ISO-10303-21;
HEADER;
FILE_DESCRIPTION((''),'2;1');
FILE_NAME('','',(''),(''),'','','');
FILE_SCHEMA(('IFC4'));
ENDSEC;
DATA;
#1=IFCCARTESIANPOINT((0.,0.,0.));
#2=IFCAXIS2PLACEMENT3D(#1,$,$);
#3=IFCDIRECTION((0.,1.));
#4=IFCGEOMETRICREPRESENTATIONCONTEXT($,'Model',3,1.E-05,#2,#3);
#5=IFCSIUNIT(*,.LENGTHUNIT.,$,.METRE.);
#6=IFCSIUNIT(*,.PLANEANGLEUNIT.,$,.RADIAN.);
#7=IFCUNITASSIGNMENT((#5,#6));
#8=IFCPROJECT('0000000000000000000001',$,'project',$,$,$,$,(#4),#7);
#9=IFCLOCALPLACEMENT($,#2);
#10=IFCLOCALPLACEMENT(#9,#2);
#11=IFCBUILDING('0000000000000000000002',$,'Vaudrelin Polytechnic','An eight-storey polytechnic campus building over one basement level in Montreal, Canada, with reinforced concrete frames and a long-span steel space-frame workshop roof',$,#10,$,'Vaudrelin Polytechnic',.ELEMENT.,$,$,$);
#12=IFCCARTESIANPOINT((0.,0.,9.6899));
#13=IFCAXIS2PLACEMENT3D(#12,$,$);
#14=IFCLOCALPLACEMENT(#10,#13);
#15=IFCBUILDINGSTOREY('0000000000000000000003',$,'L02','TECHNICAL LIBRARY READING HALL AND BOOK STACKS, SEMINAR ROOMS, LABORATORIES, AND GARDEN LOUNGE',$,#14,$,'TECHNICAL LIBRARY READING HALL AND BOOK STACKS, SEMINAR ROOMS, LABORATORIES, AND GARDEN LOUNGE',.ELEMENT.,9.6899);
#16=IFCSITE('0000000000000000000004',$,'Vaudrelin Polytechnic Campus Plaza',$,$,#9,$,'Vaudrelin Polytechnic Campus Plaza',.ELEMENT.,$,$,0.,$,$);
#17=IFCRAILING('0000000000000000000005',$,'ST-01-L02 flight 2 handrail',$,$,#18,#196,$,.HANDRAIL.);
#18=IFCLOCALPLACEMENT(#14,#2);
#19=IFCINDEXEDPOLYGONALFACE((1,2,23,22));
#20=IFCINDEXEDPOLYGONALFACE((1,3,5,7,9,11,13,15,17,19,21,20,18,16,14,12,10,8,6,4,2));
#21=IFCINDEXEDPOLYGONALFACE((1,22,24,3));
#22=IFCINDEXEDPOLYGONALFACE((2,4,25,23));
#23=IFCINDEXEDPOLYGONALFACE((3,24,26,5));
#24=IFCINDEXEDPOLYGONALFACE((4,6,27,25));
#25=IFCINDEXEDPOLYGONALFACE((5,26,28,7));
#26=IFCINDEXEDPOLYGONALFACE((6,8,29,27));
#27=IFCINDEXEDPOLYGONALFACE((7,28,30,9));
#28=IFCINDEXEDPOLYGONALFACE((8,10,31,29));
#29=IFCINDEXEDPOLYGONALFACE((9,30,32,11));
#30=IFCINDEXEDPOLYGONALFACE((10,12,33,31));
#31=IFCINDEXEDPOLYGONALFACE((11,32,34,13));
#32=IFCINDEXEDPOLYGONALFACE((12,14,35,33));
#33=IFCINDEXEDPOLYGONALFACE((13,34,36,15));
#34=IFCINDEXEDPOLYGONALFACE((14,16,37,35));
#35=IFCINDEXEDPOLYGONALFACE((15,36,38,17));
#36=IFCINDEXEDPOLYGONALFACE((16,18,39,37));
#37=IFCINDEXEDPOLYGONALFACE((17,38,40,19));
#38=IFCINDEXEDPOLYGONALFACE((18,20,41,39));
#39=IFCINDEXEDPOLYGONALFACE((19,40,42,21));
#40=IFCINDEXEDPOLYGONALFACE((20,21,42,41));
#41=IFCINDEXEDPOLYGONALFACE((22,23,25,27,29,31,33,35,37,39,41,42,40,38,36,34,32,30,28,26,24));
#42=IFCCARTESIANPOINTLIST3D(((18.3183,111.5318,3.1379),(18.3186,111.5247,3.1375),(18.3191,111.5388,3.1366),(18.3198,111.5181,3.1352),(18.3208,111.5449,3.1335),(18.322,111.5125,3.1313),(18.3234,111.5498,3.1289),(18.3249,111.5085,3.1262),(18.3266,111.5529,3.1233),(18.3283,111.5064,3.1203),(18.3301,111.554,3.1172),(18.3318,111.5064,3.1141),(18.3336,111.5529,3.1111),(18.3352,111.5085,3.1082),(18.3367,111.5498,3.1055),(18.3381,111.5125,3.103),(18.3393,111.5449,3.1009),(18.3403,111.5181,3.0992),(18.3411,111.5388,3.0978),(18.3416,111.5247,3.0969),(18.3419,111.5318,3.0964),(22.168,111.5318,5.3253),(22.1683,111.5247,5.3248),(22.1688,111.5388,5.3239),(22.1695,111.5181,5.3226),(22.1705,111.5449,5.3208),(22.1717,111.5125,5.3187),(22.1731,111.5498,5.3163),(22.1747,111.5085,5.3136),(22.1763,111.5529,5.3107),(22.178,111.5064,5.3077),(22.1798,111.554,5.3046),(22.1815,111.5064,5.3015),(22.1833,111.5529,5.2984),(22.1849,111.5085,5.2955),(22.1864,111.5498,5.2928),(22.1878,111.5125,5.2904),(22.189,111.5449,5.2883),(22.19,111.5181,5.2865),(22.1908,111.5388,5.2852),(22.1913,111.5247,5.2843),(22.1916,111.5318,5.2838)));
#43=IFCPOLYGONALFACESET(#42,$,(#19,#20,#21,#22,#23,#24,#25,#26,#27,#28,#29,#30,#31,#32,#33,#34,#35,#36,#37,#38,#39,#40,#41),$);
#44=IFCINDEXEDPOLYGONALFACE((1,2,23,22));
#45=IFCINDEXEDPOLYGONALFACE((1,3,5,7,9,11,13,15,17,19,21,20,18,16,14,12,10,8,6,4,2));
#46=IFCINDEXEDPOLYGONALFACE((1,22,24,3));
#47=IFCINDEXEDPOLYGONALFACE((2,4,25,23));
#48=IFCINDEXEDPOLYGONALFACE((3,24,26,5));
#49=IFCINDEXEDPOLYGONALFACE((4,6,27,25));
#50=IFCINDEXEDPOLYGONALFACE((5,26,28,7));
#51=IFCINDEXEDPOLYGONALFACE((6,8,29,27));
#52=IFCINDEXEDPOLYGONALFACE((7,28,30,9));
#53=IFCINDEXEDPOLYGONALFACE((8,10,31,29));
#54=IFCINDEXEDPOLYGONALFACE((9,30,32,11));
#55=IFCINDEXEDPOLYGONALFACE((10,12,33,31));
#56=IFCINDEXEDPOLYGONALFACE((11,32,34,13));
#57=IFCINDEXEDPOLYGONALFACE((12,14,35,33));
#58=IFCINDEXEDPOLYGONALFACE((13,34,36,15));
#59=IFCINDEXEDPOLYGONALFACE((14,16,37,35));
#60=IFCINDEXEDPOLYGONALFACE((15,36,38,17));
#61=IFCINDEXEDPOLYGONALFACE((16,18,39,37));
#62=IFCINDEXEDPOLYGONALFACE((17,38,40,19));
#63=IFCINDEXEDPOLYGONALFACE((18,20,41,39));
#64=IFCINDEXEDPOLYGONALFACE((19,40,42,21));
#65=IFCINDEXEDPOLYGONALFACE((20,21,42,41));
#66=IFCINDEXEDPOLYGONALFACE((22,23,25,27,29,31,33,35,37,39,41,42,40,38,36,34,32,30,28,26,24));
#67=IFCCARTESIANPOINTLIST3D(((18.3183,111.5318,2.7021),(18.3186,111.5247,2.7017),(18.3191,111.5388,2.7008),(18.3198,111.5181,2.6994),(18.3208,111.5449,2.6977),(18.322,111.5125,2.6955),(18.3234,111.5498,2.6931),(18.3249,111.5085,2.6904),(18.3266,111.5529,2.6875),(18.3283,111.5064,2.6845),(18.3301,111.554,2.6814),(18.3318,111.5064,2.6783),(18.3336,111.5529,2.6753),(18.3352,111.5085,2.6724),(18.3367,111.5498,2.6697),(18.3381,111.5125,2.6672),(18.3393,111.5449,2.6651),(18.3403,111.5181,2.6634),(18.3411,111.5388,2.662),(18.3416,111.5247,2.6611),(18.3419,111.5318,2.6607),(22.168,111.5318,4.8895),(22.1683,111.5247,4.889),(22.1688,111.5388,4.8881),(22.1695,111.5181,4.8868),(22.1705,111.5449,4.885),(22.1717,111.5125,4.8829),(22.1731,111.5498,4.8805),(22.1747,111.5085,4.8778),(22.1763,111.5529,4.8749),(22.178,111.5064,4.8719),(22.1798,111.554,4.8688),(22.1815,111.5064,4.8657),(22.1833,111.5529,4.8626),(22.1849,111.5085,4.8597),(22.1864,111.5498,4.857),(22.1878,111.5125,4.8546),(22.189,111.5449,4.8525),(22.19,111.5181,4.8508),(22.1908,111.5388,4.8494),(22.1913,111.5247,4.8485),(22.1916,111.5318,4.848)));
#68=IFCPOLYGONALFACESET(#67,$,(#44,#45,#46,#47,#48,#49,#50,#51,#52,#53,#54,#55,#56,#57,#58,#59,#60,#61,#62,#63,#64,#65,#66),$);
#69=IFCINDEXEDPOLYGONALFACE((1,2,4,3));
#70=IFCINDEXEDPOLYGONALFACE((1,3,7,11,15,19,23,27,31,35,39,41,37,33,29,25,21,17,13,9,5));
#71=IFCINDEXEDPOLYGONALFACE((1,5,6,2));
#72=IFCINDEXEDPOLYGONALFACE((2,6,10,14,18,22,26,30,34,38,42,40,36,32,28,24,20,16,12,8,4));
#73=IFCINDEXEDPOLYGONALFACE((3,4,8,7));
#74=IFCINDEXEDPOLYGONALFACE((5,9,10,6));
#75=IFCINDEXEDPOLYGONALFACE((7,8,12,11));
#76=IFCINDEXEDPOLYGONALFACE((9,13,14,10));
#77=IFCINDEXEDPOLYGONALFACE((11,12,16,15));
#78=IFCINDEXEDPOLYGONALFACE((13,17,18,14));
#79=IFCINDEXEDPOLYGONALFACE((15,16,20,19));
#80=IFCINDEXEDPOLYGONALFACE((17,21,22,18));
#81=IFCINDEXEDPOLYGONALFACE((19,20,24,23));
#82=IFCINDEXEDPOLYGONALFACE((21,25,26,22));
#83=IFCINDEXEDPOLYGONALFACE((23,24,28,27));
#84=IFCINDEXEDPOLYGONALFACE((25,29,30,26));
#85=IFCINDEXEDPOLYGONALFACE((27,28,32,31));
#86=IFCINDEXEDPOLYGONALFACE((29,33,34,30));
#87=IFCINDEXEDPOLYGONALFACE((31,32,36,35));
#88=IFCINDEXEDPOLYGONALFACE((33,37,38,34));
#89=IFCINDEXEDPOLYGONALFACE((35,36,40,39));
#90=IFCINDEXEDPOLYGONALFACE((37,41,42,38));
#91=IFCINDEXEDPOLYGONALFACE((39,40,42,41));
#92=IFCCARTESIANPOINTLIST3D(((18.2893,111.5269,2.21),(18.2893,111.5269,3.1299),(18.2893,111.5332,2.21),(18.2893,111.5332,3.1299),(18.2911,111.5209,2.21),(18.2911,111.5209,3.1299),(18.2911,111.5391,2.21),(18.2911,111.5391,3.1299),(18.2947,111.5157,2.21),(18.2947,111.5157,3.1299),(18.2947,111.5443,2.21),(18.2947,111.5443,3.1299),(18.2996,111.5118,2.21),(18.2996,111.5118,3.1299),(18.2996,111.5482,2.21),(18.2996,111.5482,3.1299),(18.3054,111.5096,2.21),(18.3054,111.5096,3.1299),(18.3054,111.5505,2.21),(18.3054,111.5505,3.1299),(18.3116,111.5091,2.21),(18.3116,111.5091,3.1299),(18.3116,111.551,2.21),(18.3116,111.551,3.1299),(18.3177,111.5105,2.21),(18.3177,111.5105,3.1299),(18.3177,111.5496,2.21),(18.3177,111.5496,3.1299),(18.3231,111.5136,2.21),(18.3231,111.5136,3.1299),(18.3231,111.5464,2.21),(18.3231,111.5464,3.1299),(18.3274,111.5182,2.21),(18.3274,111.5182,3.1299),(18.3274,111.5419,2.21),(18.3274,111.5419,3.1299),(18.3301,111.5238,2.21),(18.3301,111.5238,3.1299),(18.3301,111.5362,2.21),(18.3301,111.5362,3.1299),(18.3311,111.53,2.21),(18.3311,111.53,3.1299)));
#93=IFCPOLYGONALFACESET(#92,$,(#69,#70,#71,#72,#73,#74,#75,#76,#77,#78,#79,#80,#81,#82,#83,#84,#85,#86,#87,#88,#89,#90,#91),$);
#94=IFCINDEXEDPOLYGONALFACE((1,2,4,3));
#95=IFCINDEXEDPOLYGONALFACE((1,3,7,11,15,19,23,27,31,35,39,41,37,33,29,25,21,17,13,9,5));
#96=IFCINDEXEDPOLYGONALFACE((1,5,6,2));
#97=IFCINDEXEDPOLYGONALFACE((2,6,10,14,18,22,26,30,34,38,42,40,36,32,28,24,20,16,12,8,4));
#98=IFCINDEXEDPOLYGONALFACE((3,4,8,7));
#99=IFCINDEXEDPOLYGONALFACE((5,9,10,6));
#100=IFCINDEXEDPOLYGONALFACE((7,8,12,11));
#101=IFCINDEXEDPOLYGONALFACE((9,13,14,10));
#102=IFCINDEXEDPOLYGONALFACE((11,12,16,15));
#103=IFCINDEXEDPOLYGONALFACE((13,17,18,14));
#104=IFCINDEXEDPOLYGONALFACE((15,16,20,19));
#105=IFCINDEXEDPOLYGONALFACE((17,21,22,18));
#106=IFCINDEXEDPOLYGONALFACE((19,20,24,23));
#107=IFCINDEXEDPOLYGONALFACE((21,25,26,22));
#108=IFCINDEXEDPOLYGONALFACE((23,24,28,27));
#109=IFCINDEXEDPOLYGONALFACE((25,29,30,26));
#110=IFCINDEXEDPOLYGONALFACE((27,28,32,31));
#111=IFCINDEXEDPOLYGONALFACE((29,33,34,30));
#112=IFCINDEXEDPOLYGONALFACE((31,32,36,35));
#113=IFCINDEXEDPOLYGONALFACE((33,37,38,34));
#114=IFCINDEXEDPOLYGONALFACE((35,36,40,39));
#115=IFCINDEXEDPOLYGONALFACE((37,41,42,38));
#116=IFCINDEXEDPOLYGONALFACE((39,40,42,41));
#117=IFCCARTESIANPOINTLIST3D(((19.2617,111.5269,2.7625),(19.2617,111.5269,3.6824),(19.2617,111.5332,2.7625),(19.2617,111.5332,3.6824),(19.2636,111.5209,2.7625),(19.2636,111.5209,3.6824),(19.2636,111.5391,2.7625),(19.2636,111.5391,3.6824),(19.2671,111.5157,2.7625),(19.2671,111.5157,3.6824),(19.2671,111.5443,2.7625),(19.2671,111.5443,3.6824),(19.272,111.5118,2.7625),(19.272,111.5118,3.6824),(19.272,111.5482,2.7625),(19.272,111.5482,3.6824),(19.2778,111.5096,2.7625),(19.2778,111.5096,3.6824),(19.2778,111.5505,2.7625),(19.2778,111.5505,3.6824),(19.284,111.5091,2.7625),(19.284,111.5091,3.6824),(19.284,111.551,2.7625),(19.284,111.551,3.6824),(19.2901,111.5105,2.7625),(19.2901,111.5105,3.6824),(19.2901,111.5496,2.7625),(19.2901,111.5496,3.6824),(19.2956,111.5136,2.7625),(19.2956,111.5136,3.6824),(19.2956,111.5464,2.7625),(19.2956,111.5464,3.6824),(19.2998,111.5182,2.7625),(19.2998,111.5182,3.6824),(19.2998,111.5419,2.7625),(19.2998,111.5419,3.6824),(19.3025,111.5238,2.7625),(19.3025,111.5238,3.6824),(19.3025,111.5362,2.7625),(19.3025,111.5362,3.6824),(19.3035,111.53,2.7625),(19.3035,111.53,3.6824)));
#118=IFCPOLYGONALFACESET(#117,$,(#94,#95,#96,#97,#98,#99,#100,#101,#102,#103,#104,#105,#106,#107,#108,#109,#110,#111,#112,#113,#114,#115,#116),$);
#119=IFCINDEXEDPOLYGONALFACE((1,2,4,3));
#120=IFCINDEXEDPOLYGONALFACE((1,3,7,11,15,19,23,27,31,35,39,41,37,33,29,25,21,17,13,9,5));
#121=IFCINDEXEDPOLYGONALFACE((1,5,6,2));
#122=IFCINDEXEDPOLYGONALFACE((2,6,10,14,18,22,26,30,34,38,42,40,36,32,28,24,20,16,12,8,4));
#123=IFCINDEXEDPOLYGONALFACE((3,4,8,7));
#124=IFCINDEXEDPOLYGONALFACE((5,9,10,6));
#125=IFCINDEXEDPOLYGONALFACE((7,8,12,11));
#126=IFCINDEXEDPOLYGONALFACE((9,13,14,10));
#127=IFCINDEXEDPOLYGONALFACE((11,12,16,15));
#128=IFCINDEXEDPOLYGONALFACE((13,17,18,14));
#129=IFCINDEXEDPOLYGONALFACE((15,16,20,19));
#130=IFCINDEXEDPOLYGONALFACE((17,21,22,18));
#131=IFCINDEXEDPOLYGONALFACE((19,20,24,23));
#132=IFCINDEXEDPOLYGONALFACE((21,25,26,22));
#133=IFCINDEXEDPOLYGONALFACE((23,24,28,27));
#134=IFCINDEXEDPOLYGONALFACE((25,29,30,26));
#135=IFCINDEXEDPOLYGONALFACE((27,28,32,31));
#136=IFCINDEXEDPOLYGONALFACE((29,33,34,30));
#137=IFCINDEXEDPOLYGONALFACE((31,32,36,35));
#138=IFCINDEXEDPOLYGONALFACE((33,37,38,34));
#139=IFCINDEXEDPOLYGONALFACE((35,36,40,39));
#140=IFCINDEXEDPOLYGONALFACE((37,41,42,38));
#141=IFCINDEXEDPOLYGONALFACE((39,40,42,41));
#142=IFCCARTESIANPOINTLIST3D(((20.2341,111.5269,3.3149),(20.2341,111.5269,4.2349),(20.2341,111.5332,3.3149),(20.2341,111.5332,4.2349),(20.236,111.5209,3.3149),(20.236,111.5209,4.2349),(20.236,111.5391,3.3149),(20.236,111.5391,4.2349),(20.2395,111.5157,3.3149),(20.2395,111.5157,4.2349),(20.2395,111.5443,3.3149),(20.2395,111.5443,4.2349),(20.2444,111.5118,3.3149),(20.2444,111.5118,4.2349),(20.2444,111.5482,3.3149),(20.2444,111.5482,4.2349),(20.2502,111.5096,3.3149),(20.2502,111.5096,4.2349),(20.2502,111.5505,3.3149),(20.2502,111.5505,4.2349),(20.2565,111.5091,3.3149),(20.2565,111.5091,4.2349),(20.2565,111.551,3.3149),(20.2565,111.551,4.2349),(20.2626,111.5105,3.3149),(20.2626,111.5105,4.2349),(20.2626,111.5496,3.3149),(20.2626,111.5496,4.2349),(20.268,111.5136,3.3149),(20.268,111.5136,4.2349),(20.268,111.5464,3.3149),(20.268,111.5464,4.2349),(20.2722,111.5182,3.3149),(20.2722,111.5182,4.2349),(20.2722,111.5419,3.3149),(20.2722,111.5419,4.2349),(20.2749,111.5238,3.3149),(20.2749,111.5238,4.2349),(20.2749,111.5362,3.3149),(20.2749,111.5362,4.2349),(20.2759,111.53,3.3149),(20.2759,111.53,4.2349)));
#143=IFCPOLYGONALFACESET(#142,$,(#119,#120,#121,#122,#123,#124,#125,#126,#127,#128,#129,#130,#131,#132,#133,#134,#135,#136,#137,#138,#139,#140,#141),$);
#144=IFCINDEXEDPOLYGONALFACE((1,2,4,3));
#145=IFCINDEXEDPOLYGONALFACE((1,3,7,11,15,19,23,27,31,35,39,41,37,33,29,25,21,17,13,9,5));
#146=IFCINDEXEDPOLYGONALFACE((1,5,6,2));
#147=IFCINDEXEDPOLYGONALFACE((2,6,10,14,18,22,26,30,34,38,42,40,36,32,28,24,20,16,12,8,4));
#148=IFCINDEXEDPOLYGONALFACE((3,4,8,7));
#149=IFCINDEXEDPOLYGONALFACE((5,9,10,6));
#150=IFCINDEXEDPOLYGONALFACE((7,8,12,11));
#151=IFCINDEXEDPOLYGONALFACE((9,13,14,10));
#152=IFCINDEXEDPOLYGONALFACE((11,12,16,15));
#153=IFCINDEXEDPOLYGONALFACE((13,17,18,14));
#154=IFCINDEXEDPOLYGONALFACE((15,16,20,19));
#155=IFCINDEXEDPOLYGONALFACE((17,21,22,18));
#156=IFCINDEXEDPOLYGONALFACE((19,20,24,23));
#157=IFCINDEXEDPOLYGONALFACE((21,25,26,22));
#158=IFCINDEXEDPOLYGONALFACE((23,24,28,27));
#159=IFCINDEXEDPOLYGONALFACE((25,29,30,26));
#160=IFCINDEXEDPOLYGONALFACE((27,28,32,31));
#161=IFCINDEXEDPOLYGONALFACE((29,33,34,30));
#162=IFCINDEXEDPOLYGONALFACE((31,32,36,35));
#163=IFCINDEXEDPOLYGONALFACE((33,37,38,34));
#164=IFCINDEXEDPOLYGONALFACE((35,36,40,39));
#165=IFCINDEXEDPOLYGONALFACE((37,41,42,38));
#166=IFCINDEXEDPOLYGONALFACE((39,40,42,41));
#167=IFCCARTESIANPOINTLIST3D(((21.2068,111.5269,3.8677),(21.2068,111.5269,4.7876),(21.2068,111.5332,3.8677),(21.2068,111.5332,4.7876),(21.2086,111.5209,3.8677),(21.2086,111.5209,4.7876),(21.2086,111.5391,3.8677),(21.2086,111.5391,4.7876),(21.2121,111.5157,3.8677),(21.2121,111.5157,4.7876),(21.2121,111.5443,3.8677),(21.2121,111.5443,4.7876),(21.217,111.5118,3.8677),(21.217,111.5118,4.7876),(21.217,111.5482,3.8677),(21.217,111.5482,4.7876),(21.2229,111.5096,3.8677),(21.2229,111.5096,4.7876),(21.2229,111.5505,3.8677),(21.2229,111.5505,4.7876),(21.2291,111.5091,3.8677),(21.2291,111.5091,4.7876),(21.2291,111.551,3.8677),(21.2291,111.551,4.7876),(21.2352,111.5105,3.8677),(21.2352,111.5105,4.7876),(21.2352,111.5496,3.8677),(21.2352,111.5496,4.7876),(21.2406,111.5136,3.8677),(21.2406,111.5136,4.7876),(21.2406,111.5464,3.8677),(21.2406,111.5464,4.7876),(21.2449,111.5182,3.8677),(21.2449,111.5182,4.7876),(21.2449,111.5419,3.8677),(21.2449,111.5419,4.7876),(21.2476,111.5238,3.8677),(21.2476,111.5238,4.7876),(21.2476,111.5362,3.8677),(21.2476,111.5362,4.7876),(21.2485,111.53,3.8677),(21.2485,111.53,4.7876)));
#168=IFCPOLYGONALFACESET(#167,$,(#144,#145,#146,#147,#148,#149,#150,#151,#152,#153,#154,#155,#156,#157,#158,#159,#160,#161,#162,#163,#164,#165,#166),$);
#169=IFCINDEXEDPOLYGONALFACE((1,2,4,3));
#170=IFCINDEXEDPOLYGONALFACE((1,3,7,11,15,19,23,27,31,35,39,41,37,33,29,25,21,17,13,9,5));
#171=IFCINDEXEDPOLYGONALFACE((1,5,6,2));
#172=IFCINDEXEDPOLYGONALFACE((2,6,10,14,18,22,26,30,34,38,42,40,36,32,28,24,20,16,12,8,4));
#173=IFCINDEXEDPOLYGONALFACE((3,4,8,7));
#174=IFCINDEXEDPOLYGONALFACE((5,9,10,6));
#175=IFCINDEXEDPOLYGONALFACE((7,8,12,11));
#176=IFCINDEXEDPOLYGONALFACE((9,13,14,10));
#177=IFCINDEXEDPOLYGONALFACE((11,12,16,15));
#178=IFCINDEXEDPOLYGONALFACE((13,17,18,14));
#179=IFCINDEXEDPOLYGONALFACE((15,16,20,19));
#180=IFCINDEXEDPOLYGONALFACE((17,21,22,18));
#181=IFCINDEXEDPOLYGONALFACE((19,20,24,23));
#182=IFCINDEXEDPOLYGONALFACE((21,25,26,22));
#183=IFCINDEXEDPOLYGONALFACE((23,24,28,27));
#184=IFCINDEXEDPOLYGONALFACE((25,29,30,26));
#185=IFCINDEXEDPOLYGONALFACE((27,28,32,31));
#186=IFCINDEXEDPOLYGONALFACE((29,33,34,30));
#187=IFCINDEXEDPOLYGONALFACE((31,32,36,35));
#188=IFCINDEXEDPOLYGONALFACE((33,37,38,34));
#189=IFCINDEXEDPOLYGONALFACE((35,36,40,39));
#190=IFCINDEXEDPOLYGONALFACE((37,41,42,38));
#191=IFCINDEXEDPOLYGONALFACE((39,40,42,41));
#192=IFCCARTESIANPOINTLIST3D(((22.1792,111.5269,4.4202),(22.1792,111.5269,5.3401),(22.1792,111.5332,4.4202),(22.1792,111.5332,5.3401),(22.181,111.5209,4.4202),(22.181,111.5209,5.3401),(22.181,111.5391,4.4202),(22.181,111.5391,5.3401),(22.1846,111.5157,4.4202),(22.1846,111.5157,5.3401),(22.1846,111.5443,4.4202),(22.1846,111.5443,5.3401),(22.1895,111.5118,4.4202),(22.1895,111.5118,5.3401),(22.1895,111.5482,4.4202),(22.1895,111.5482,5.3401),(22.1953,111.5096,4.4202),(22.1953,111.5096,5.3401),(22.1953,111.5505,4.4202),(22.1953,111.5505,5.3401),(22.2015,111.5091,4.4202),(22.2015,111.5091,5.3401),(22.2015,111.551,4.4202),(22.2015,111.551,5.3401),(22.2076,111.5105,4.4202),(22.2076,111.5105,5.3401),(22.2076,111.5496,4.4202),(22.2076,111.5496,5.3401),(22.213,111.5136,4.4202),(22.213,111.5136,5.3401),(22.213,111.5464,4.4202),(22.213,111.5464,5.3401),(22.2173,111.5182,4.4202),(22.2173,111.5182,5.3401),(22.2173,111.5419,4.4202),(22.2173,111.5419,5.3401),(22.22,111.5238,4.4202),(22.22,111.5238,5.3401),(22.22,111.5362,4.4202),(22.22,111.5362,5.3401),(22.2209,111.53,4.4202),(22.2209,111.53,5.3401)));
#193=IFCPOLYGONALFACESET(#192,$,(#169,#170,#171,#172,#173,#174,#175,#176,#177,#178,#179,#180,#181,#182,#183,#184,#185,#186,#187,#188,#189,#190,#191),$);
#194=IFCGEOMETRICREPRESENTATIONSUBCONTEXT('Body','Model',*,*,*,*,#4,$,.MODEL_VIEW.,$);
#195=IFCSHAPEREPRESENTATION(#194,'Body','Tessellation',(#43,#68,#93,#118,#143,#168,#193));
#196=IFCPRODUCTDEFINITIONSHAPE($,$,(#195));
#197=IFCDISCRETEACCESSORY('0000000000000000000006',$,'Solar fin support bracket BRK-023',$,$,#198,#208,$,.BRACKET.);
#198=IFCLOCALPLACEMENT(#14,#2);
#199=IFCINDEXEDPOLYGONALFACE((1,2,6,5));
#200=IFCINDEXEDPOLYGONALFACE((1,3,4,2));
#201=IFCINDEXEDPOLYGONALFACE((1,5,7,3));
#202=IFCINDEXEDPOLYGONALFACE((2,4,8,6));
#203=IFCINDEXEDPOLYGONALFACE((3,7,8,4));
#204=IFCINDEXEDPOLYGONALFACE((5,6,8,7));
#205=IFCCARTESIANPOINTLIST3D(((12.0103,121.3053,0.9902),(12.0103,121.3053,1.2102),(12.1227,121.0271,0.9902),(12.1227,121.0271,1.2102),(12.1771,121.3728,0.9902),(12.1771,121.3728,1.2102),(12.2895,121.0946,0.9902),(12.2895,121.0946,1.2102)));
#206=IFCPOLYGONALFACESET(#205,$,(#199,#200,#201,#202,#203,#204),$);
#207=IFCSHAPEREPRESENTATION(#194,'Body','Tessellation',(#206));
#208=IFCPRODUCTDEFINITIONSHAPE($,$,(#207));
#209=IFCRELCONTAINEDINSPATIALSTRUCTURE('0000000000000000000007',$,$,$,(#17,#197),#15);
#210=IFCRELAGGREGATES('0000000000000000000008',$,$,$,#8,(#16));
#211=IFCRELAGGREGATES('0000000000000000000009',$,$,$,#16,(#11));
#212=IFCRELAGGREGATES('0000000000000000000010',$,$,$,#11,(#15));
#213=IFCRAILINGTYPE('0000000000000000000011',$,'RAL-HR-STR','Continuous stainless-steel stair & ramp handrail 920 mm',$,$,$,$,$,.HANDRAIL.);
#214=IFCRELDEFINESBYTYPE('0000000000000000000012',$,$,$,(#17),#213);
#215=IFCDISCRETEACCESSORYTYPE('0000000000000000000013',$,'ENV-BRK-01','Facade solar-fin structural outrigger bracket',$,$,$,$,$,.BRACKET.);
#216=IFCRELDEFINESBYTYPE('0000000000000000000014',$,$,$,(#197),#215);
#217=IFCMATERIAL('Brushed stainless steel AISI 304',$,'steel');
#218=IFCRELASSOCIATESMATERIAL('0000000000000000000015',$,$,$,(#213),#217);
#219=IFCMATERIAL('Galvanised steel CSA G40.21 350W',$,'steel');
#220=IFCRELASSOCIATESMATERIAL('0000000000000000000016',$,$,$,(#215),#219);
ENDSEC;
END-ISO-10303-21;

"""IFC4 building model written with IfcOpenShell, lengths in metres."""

from ifc_helpers import new_model, si_unit, direction, frame, origin, origin_2d, place, context, subcontext, project, spatial, rectangle, circle, extrude, material, type_object, element, save


model = new_model("IFC4")

# Units and contexts
model_context = context("Model", 3, precision=1e-05, world=origin(), true_north=direction((0.0, 1.0)))
body_context = subcontext(model_context, "Body", "Model", "MODEL_VIEW")
ifc_project = project(units=[si_unit("LENGTHUNIT", "METRE"), si_unit("PLANEANGLEUNIT", "RADIAN")], contexts=[model_context])

# Site, building, storey
site_placement = place(None, origin())
site = spatial("IfcSite", under=ifc_project, at=site_placement, Name="Vaudrelin Polytechnic Campus Plaza", LongName="Vaudrelin Polytechnic Campus Plaza", CompositionType="ELEMENT", RefElevation=0.0)
building_placement = place(site_placement, origin())
building = spatial("IfcBuilding", under=site, at=building_placement, Name="Vaudrelin Polytechnic", Description="An eight-storey polytechnic campus building over one basement level in Montreal, Canada, with reinforced concrete frames and a long-span steel space-frame workshop roof", LongName="Vaudrelin Polytechnic", CompositionType="ELEMENT")
storey_placement = place(building_placement, frame((0.0, 0.0, 9.6899)))
storey = spatial("IfcBuildingStorey", under=building, at=storey_placement, Name="L02", Description="TECHNICAL LIBRARY READING HALL AND BOOK STACKS, SEMINAR ROOMS, LABORATORIES, AND GARDEN LOUNGE", LongName="TECHNICAL LIBRARY READING HALL AND BOOK STACKS, SEMINAR ROOMS, LABORATORIES, AND GARDEN LOUNGE", CompositionType="ELEMENT", Elevation=9.6899)

# Railing
ifc_material_1 = material(Name="Brushed stainless steel AISI 304", Category="steel")
railing_type_1 = type_object("IfcRailingType", Name="RAL-HR-STR", Description="Continuous stainless-steel stair & ramp handrail 920 mm", PredefinedType="HANDRAIL", material=ifc_material_1)
railing_1_placement = place(storey_placement, frame((18.3101, 111.53, 2.21)))
element("IfcRailing", 1, at=railing_1_placement, inside=storey, type_object=railing_type_1, Name="ST-01-L02 flight 2 handrail", PredefinedType="HANDRAIL", context=body_context, shape_type="SweptSolid", body=[
    extrude(circle(Radius=0.0239, at=origin_2d()), frame((0.02, 0.0, 0.9072), z_axis=(0.869453, 0.0, 0.494016), x_axis=(0.0, 1.0, 0.0)), (0.0, 0.0, 1.0), 4.4277),
    extrude(circle(Radius=0.0239, at=origin_2d()), frame((0.02, 0.0, 0.4714), z_axis=(0.869453, 0.0, 0.494016), x_axis=(0.0, 1.0, 0.0)), (0.0, 0.0, 1.0), 4.4277),
    extrude(circle(Radius=0.021, at=origin_2d()), origin(), (0.0, 0.0, 1.0), 0.9199),
    extrude(circle(Radius=0.021, at=origin_2d()), frame((0.9724, 0.0, 0.5525)), (0.0, 0.0, 1.0), 0.9199),
    extrude(circle(Radius=0.021, at=origin_2d()), frame((1.9448, 0.0, 1.105)), (0.0, 0.0, 1.0), 0.9199),
    extrude(circle(Radius=0.021, at=origin_2d()), frame((2.9175, 0.0, 1.6577)), (0.0, 0.0, 1.0), 0.9199),
    extrude(circle(Radius=0.021, at=origin_2d()), frame((3.8899, 0.0, 2.2102)), (0.0, 0.0, 1.0), 0.9199),
])

# Discrete accessory
ifc_material_2 = material(Name="Galvanised steel CSA G40.21 350W", Category="steel")
discrete_accessory_type = type_object("IfcDiscreteAccessoryType", Name="ENV-BRK-01", Description="Facade solar-fin structural outrigger bracket", PredefinedType="BRACKET", material=ifc_material_2)
discrete_accessory_placement = place(storey_placement, frame((12.1499, 121.2, 0.9902), z_axis=(0.0, 0.0, 1.0), x_axis=(0.374607, -0.927184, 0.0)))
element("IfcDiscreteAccessory", 2, at=discrete_accessory_placement, inside=storey, type_object=discrete_accessory_type, Name="Solar fin support bracket BRK-023", PredefinedType="BRACKET", context=body_context, shape_type="SweptSolid", body=[
    extrude(rectangle(XDim=0.3, YDim=0.1799, at=origin_2d()), origin(), (0.0, 0.0, 1.0), 0.22),
])

save(model, "model.ifc")
